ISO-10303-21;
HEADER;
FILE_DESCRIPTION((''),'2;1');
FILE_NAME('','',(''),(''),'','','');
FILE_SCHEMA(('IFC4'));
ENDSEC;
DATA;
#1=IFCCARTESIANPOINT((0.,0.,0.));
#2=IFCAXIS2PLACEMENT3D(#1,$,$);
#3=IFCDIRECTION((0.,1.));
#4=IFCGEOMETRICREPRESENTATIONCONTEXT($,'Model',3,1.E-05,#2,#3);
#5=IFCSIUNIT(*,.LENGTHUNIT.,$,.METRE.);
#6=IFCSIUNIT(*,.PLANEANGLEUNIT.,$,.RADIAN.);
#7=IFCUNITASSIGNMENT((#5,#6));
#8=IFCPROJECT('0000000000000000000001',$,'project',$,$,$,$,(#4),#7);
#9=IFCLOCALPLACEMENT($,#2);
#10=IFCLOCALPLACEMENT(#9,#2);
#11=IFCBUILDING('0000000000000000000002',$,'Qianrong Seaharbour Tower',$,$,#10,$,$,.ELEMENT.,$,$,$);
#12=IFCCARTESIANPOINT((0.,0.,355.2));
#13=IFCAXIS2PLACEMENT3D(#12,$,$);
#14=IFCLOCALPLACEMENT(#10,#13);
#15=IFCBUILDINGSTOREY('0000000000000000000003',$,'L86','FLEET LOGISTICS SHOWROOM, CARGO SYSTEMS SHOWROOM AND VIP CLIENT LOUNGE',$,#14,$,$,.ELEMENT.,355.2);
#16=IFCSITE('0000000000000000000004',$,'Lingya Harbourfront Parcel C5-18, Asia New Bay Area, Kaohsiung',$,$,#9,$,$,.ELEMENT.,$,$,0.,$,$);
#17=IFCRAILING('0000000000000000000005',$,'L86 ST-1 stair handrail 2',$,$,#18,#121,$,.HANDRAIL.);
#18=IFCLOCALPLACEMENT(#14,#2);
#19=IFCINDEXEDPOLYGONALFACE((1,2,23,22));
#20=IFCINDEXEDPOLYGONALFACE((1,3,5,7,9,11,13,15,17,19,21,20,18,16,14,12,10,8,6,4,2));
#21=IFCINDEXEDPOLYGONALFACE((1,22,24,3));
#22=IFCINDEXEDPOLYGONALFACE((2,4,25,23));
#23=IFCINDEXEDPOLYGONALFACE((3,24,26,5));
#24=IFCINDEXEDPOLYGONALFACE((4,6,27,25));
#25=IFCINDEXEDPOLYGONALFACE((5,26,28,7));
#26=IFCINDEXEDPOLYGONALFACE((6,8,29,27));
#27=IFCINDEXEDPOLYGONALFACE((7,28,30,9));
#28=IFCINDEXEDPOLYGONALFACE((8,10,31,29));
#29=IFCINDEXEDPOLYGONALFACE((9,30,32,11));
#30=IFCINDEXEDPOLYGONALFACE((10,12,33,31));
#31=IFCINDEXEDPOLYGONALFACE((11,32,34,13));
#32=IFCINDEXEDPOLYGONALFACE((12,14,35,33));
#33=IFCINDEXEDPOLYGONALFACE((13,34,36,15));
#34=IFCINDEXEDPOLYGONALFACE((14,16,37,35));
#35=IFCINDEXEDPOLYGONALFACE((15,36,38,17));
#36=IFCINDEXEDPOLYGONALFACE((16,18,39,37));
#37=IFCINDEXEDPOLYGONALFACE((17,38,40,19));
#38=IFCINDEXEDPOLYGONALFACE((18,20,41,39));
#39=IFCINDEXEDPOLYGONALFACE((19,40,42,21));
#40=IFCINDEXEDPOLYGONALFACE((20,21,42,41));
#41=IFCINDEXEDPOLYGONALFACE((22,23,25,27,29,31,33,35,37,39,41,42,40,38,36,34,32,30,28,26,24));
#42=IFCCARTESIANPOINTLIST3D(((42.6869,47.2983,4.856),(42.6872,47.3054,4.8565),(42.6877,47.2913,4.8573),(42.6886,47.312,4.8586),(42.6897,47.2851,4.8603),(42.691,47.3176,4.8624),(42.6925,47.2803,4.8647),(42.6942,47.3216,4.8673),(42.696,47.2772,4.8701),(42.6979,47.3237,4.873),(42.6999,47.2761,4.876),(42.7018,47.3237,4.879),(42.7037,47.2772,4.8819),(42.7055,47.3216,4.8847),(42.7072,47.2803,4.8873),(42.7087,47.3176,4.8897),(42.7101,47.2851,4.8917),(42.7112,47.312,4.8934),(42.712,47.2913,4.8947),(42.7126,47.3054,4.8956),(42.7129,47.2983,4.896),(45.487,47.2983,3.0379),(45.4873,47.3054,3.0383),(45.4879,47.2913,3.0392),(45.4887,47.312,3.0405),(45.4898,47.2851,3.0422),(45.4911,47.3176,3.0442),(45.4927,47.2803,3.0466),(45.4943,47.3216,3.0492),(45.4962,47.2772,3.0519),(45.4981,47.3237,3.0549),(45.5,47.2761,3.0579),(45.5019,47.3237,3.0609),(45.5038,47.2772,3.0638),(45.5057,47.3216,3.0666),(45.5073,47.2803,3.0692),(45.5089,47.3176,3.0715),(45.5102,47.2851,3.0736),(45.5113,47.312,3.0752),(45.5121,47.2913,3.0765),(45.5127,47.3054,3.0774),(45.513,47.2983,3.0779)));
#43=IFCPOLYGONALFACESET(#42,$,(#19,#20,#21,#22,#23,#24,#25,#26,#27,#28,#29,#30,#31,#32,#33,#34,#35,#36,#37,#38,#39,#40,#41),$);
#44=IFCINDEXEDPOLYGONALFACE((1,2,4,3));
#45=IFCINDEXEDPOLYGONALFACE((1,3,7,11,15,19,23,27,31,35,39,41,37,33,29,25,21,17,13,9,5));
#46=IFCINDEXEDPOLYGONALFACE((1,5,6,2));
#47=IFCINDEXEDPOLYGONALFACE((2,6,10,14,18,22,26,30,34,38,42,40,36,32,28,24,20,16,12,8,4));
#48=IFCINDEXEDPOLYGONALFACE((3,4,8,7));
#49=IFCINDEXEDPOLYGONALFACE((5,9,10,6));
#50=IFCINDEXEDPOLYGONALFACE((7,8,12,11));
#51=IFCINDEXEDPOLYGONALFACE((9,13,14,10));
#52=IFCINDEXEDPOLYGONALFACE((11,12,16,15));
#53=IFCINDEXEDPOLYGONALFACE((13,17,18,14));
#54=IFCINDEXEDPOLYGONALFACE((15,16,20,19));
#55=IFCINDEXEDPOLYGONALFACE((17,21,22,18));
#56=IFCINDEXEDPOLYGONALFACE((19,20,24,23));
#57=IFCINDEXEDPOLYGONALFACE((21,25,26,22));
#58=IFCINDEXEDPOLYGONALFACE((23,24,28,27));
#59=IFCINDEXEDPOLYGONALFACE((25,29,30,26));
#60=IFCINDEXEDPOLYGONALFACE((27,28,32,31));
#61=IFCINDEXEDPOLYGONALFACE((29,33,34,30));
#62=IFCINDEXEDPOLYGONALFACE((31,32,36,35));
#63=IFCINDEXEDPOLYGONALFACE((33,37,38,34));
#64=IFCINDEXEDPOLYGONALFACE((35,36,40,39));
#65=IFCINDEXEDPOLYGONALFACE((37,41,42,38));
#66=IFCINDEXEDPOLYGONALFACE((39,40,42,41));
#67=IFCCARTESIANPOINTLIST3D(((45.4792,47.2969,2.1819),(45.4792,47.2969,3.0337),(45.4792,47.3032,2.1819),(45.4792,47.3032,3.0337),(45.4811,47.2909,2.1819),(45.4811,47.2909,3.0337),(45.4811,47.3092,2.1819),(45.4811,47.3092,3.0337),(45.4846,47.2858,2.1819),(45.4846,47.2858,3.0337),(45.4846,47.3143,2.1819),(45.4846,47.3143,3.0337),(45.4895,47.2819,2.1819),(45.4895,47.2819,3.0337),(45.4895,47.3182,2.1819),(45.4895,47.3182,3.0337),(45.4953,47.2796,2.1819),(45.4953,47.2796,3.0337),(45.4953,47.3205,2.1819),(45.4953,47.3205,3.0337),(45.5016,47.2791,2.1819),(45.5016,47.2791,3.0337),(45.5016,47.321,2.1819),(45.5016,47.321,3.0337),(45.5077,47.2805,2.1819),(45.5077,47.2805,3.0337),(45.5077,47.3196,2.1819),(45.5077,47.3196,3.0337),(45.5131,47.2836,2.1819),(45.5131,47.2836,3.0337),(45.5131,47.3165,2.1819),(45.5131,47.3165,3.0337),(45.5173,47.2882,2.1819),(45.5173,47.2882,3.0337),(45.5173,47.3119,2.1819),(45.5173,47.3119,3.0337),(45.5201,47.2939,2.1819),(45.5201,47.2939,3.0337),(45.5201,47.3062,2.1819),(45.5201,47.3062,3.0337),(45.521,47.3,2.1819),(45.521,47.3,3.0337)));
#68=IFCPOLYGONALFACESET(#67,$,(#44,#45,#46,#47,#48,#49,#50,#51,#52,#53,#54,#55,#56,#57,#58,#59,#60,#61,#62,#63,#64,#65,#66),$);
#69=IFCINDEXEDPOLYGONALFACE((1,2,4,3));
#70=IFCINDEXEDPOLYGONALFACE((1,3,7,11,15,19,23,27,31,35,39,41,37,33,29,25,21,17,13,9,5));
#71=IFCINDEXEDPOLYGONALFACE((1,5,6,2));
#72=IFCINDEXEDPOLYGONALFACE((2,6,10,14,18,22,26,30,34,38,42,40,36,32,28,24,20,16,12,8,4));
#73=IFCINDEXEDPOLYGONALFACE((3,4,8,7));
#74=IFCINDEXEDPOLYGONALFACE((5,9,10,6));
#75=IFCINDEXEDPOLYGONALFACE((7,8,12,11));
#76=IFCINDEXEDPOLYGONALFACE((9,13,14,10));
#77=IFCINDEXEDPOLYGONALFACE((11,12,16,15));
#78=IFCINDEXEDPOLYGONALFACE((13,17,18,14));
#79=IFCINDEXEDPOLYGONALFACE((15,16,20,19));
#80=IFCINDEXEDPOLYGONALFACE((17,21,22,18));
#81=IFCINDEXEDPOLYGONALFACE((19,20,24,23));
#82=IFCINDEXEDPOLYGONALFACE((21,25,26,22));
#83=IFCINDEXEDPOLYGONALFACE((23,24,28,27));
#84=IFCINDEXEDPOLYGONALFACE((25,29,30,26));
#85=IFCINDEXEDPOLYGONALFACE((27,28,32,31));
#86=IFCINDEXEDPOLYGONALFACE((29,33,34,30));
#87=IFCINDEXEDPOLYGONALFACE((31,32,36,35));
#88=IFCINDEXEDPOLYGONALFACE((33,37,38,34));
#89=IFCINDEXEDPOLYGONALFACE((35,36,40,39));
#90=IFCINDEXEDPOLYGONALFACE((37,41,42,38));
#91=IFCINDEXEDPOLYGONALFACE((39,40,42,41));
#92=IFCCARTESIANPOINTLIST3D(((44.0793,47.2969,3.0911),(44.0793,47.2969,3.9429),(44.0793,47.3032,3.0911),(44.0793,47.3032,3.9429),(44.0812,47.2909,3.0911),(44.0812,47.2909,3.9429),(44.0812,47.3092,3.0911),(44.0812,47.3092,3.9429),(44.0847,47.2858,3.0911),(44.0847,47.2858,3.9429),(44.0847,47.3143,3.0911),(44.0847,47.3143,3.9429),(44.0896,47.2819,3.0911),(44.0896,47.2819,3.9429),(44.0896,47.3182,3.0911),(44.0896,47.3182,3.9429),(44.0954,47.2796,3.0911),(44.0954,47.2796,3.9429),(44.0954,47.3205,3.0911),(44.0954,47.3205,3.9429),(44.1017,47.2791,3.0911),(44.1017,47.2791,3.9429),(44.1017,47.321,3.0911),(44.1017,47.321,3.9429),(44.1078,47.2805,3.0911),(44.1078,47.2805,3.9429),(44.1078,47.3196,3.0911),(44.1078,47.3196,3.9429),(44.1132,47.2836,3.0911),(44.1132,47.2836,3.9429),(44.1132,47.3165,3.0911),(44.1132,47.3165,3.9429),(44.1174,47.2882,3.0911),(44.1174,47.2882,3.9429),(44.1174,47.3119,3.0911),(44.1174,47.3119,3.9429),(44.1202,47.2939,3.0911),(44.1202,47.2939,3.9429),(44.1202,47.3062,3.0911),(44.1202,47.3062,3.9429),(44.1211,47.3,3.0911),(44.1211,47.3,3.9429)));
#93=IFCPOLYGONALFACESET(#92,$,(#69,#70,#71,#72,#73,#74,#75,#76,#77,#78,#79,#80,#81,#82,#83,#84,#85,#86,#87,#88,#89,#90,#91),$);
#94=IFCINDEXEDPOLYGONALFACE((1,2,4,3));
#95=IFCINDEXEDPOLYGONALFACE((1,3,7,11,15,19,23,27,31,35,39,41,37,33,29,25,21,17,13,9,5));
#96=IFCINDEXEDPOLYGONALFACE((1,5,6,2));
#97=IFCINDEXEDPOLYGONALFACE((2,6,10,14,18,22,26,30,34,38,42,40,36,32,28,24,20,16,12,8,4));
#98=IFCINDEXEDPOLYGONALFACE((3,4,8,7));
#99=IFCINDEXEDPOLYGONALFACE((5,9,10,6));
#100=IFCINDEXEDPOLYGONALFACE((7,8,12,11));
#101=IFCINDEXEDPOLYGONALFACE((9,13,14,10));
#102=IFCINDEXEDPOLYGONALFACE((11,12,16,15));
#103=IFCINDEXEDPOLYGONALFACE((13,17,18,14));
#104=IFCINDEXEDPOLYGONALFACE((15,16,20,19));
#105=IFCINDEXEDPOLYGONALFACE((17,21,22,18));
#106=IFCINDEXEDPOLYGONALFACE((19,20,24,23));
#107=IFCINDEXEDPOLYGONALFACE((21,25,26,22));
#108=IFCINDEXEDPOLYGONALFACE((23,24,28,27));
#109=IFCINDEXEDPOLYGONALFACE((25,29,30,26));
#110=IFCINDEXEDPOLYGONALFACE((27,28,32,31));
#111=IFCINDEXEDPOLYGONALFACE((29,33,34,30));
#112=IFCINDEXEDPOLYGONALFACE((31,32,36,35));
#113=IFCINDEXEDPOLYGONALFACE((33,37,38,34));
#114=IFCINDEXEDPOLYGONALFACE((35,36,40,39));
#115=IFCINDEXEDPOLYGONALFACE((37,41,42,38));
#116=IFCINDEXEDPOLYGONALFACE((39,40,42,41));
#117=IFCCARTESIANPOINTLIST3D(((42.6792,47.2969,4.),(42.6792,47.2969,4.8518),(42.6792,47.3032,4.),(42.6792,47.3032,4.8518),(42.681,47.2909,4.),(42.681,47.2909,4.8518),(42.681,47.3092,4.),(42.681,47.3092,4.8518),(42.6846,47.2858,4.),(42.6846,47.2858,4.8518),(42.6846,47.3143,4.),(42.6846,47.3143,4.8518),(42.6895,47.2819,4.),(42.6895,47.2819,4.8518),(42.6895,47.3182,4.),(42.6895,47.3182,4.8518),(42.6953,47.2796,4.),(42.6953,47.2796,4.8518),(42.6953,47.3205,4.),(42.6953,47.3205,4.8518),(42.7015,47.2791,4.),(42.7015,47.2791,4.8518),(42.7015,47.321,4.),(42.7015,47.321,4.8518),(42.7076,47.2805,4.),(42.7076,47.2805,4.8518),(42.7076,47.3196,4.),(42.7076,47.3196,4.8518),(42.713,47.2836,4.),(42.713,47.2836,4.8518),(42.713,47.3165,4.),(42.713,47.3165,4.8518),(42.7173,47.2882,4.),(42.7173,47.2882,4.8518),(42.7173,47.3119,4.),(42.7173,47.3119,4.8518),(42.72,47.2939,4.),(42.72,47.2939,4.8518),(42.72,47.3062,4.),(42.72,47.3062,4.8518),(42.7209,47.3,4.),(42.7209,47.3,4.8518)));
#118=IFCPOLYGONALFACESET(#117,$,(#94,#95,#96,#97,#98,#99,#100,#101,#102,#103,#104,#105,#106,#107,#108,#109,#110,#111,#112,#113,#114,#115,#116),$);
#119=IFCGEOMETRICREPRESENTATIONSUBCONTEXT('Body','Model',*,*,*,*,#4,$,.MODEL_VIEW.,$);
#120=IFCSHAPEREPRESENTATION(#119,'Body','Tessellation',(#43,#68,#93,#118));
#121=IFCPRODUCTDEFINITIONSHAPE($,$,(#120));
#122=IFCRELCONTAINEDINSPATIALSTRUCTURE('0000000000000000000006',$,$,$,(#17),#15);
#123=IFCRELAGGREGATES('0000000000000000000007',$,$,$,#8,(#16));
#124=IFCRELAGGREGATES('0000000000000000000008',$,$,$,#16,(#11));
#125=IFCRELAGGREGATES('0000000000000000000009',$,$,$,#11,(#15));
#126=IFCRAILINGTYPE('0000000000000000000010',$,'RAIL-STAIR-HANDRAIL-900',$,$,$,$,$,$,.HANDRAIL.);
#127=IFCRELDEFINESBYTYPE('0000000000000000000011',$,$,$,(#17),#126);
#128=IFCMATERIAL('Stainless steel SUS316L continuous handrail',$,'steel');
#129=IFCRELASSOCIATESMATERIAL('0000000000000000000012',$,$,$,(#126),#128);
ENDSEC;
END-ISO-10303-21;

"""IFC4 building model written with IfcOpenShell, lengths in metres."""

from ifc_helpers import new_model, si_unit, direction, frame, origin, origin_2d, place, context, subcontext, project, spatial, circle, extrude, material, type_object, element, save


model = new_model("IFC4")

# Units and contexts
model_context = context("Model", 3, precision=1e-05, world=origin(), true_north=direction((0.0, 1.0)))
body_context = subcontext(model_context, "Body", "Model", "MODEL_VIEW")
ifc_project = project(units=[si_unit("LENGTHUNIT", "METRE"), si_unit("PLANEANGLEUNIT", "RADIAN")], contexts=[model_context])

# Site, building, storey
site_placement = place(None, origin())
site = spatial("IfcSite", under=ifc_project, at=site_placement, Name="Lingya Harbourfront Parcel C5-18, Asia New Bay Area, Kaohsiung", CompositionType="ELEMENT", RefElevation=0.0)
building_placement = place(site_placement, origin())
building = spatial("IfcBuilding", under=site, at=building_placement, Name="Qianrong Seaharbour Tower", CompositionType="ELEMENT")
storey_placement = place(building_placement, frame((0.0, 0.0, 355.2)))
storey = spatial("IfcBuildingStorey", under=building, at=storey_placement, Name="L86", Description="FLEET LOGISTICS SHOWROOM, CARGO SYSTEMS SHOWROOM AND VIP CLIENT LOUNGE", CompositionType="ELEMENT", Elevation=355.2)

# Railing
ifc_material_1 = material(Name="Stainless steel SUS316L continuous handrail", Category="steel")
railing_type_1 = type_object("IfcRailingType", Name="RAIL-STAIR-HANDRAIL-900", PredefinedType="HANDRAIL", material=ifc_material_1)
railing_1_placement = place(storey_placement, frame((45.5, 47.3, 2.1819)))
element("IfcRailing", 1, at=railing_1_placement, inside=storey, type_object=railing_type_1, Name="L86 ST-1 stair handrail 2", PredefinedType="HANDRAIL", context=body_context, shape_type="SweptSolid", body=[
    extrude(circle(Radius=0.0239, at=origin_2d()), frame((0.0, 0.0, 0.876), z_axis=(-0.838706, 0.0, 0.544585), x_axis=(0.0, -1.0, 0.0)), (0.0, 0.0, 1.0), 3.3386),
    extrude(circle(Radius=0.021, at=origin_2d()), origin(), (0.0, 0.0, 1.0), 0.8518),
    extrude(circle(Radius=0.021, at=origin_2d()), frame((-1.3999, 0.0, 0.9092)), (0.0, 0.0, 1.0), 0.8518),
    extrude(circle(Radius=0.021, at=origin_2d()), frame((-2.8, 0.0, 1.8181)), (0.0, 0.0, 1.0), 0.8518),
])

save(model, "model.ifc")
